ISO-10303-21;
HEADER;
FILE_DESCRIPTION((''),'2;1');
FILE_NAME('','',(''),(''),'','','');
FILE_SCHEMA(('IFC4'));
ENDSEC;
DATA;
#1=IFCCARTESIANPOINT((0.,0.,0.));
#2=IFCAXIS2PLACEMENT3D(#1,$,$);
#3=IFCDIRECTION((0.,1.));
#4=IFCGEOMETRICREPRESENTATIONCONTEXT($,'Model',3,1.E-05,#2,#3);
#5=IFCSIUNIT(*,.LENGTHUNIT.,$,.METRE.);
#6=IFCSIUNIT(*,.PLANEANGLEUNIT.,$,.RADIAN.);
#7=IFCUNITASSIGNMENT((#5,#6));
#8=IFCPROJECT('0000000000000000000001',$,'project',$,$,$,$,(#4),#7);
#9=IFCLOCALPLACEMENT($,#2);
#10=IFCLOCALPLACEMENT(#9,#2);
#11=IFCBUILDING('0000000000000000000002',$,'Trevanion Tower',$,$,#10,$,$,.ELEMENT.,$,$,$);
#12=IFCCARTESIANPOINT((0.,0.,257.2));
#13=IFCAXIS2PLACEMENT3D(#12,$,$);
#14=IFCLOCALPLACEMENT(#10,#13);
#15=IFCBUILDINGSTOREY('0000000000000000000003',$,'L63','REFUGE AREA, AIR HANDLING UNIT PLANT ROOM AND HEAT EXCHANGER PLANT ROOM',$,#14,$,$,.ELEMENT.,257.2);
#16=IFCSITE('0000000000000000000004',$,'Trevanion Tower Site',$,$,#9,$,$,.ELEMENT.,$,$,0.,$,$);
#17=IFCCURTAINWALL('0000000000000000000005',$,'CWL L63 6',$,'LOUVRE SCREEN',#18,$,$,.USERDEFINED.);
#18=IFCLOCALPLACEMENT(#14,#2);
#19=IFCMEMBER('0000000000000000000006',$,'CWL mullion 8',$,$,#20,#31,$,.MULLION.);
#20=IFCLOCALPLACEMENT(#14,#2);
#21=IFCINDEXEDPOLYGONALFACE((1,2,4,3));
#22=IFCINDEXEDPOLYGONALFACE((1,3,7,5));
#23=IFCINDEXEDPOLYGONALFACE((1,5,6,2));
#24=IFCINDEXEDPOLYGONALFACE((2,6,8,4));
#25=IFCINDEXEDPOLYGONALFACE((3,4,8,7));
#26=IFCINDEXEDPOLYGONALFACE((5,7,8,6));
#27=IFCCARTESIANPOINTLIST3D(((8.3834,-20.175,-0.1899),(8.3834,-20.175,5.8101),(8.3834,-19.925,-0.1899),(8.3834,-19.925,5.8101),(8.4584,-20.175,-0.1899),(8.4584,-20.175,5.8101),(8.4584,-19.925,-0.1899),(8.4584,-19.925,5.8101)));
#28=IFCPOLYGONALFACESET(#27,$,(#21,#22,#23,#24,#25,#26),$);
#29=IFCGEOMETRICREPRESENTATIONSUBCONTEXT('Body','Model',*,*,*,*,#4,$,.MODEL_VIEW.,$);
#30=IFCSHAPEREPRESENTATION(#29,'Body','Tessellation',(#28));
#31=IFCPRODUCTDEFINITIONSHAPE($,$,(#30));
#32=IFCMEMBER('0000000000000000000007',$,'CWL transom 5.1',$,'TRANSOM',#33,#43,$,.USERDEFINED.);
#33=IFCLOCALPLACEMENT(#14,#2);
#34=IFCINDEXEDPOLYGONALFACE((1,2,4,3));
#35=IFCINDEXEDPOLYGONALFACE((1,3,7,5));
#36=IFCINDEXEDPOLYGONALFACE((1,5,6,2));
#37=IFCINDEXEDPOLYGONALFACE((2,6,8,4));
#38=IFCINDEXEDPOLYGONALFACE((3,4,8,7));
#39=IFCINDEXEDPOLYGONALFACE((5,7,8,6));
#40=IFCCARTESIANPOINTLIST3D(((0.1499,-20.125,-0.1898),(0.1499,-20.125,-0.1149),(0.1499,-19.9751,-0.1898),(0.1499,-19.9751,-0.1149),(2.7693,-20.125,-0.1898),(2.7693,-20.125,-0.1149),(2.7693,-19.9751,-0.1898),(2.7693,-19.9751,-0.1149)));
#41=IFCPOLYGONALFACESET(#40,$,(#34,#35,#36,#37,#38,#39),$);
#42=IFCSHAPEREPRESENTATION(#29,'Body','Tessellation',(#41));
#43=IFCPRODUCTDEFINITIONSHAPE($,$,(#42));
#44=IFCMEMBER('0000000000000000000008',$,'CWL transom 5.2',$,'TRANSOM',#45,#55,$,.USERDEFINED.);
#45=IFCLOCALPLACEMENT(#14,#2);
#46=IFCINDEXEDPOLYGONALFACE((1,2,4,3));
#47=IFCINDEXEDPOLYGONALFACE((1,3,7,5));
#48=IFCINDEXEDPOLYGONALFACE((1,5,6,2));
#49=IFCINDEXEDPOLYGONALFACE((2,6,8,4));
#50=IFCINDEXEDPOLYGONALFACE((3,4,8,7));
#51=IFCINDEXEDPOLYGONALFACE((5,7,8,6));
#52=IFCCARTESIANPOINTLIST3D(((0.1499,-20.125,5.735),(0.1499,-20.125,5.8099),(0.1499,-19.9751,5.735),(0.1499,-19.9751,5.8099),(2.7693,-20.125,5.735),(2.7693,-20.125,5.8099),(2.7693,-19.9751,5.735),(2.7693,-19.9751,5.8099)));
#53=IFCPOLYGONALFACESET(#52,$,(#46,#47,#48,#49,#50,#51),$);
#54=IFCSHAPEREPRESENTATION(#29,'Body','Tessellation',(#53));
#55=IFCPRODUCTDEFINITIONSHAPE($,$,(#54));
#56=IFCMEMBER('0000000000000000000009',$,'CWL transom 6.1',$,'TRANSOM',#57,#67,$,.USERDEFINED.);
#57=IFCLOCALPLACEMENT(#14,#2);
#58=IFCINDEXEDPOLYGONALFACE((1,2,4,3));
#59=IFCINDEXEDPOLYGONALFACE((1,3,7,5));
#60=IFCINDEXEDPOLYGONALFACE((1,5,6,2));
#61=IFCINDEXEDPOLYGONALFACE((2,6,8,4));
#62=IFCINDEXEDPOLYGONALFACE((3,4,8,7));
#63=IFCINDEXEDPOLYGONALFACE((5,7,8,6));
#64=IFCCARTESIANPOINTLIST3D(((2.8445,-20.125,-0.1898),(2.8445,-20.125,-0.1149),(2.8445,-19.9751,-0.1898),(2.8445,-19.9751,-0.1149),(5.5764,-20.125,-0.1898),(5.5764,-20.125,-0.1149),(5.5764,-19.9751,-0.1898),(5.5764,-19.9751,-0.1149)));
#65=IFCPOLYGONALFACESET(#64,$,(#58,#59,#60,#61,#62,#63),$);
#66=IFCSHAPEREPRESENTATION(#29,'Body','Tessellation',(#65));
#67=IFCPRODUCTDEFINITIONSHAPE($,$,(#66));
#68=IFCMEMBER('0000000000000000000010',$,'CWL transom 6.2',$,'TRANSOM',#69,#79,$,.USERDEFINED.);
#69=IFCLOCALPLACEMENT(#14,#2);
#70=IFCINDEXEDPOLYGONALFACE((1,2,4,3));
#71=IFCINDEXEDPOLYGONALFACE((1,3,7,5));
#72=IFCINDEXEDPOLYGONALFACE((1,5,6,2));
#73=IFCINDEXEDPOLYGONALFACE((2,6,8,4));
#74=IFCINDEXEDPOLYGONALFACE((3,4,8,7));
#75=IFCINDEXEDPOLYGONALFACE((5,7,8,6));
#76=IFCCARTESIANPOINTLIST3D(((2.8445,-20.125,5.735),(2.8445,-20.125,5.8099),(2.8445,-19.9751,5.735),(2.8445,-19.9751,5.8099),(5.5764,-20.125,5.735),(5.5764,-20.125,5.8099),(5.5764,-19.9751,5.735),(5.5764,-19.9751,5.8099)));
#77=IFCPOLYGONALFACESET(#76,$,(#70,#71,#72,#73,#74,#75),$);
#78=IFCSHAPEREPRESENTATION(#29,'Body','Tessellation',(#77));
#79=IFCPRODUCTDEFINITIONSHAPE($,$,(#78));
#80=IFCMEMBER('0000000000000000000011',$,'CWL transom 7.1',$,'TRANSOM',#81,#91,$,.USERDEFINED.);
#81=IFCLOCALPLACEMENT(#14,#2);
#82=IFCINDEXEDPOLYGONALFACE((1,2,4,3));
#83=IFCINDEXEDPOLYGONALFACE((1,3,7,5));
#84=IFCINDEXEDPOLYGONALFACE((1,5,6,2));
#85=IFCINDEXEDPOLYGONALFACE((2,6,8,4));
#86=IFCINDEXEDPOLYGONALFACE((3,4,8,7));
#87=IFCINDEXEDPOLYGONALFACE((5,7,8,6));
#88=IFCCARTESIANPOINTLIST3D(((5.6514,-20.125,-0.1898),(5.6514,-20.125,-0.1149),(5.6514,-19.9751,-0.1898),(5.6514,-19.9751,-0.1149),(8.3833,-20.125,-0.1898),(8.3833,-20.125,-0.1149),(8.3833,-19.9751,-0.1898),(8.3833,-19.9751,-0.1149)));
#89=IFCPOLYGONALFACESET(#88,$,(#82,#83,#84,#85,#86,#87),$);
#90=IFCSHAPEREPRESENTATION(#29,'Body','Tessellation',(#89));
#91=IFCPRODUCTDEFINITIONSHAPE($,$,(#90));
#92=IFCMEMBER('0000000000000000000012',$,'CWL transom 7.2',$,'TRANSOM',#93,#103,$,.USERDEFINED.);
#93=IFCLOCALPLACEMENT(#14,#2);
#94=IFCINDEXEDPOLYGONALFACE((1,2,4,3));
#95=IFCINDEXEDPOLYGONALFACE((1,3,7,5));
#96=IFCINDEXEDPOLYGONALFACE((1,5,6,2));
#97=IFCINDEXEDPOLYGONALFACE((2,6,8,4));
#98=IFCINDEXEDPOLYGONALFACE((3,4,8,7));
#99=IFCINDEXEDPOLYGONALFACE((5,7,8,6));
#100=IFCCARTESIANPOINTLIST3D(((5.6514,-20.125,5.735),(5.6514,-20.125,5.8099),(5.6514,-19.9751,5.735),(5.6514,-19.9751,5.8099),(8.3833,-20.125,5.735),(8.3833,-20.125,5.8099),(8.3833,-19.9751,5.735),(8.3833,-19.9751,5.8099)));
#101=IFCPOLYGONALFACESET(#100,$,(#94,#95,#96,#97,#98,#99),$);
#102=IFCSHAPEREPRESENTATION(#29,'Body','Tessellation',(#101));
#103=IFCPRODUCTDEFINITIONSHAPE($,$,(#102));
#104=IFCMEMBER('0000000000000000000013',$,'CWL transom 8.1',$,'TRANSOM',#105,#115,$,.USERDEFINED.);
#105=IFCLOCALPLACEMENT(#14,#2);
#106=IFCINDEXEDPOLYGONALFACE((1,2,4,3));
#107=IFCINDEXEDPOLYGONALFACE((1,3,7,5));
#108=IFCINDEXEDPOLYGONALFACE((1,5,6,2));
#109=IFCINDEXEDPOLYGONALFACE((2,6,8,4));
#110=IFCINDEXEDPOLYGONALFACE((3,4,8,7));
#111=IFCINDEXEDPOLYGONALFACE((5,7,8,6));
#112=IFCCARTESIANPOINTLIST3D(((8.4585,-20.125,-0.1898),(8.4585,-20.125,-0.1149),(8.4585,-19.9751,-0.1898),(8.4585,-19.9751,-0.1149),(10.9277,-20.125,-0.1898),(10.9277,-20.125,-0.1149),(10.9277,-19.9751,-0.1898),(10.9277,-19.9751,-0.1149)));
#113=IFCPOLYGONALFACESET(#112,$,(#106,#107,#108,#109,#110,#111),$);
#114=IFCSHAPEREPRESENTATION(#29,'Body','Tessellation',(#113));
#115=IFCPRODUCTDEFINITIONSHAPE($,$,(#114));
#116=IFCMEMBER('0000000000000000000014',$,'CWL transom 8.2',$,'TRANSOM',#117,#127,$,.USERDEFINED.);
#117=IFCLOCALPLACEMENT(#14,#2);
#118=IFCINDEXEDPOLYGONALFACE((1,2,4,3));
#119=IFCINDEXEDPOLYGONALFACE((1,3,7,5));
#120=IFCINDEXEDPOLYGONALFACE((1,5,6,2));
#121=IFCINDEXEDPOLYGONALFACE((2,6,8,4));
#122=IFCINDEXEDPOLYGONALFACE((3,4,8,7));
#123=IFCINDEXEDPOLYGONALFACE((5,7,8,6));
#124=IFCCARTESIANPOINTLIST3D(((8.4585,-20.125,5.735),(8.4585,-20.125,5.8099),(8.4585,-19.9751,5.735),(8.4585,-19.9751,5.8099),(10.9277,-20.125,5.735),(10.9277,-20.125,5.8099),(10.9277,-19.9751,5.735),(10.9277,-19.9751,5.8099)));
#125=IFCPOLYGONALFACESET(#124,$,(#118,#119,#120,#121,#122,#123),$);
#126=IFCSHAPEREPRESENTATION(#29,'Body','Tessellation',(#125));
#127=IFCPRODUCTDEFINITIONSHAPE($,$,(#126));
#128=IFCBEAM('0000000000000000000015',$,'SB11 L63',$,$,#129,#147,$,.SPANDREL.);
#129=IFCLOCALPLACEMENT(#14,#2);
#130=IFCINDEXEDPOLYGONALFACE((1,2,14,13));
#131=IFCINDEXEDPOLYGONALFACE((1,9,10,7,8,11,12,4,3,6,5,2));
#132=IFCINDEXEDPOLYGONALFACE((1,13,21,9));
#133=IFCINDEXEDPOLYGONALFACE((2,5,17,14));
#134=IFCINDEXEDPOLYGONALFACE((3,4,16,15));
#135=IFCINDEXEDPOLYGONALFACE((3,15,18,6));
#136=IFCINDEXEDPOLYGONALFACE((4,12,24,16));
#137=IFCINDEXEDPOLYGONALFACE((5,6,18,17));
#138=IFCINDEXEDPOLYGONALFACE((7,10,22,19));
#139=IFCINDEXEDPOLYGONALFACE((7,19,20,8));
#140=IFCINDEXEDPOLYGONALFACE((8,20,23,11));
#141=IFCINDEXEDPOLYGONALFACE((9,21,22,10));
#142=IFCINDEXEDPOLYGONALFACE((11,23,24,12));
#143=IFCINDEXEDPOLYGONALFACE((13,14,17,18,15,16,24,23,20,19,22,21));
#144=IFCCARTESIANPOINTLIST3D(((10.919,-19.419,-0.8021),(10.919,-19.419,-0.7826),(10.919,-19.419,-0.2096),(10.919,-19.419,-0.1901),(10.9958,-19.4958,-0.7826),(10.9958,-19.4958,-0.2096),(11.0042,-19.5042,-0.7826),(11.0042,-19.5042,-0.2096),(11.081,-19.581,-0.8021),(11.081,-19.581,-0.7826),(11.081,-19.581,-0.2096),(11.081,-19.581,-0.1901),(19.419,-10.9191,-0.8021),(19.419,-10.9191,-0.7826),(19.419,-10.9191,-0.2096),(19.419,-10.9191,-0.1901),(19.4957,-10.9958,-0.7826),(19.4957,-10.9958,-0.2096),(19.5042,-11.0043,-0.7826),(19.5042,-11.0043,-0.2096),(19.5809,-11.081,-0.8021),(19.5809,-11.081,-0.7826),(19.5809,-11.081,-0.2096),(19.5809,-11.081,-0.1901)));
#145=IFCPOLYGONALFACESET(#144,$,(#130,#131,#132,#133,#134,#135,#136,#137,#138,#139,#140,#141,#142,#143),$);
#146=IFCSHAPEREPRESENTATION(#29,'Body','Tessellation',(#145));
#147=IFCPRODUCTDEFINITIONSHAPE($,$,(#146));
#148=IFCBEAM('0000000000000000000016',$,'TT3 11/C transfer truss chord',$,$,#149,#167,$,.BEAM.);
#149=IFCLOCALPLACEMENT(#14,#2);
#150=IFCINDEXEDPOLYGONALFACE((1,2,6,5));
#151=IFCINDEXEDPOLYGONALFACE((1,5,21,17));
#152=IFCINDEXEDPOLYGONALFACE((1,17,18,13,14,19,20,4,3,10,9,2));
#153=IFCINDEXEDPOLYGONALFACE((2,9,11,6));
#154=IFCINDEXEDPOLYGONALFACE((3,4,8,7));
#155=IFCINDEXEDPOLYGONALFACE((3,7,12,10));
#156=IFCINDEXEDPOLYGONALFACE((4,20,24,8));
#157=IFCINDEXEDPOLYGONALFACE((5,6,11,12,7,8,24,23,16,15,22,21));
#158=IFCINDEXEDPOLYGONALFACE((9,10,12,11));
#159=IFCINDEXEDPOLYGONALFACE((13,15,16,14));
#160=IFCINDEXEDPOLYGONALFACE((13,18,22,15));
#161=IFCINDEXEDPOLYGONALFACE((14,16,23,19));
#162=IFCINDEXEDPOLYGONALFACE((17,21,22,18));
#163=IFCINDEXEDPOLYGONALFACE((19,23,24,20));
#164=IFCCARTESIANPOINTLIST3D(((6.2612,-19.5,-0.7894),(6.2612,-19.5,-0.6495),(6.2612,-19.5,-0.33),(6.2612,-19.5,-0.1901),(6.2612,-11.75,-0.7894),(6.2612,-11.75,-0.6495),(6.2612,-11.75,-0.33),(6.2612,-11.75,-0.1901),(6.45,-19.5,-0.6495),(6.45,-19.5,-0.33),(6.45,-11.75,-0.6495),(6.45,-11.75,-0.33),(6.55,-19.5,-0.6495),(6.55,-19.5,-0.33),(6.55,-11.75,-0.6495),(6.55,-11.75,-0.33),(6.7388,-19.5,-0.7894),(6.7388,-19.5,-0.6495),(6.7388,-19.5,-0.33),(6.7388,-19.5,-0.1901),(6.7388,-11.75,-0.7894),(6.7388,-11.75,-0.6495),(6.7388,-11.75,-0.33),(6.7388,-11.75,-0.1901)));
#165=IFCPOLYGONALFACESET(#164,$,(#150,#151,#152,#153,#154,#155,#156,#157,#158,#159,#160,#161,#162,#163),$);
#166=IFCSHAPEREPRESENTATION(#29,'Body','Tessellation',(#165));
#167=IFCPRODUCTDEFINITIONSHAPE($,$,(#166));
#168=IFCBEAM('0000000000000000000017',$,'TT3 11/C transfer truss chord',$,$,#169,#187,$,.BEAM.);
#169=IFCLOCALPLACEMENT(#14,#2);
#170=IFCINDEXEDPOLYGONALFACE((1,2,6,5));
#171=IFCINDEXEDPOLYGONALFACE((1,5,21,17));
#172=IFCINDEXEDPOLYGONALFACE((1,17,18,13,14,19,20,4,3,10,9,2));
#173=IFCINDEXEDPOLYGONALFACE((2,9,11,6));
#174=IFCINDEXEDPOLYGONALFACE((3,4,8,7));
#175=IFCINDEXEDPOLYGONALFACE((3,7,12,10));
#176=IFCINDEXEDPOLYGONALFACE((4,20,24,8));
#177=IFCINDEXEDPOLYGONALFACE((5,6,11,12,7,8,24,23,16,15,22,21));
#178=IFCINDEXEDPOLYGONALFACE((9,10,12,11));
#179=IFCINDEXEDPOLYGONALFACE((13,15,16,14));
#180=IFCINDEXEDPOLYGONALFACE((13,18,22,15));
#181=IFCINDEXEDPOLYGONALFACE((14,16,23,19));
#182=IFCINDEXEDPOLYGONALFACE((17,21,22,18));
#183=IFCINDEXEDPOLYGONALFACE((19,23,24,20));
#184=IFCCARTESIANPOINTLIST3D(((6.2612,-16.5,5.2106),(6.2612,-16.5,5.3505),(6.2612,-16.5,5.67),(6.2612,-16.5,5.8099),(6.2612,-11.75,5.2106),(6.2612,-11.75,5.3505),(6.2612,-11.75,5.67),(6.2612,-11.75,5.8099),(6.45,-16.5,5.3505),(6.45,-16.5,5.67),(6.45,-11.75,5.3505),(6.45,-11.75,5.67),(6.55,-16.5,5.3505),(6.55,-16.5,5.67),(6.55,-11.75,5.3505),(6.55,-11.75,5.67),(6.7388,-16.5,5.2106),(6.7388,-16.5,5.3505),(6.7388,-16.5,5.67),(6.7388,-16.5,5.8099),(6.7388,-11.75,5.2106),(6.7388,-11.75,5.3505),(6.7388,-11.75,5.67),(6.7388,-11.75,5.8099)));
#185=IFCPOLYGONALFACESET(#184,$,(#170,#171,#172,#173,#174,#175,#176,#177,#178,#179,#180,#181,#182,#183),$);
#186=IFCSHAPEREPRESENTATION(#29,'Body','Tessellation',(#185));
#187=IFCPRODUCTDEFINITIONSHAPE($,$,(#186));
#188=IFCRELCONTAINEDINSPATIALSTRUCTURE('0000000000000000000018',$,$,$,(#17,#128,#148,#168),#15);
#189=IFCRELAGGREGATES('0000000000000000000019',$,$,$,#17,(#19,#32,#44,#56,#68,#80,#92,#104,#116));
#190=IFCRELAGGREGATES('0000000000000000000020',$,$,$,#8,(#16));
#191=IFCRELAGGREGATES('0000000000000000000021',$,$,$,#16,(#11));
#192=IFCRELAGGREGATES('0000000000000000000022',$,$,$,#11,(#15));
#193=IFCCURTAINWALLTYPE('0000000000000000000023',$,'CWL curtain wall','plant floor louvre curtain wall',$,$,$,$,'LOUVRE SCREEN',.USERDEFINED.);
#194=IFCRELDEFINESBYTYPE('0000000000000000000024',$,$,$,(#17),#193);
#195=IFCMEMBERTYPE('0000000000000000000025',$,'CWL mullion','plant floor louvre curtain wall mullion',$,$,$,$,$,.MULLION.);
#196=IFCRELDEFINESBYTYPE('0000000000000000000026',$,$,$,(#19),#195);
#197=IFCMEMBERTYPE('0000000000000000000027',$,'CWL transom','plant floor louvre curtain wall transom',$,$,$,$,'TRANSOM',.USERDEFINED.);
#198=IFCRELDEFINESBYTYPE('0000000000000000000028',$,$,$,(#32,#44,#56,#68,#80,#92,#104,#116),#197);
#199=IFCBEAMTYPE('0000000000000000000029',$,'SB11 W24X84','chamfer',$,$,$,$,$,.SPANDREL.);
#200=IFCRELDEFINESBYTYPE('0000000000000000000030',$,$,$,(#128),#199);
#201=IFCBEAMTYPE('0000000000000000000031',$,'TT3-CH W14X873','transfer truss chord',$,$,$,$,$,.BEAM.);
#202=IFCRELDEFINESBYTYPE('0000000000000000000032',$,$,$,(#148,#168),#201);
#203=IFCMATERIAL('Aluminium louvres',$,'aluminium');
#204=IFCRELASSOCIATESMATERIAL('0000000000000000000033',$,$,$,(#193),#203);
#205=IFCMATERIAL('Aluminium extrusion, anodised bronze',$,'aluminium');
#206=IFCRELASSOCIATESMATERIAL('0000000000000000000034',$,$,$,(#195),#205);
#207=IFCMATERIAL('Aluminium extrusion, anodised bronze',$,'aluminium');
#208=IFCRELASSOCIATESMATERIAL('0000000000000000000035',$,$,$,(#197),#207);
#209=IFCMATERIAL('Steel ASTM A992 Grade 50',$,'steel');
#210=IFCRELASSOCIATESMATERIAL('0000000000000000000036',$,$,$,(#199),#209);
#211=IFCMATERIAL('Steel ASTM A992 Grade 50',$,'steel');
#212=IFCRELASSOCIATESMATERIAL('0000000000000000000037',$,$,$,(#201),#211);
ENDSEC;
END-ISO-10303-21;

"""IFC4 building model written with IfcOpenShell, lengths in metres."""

from ifc_helpers import new_model, si_unit, direction, frame, origin, origin_2d, place, context, subcontext, project, spatial, rectangle, i_section, extrude, material, material_profile, profile_set, type_object, element, aggregate, save


model = new_model("IFC4")

# Units and contexts
model_context = context("Model", 3, precision=1e-05, world=origin(), true_north=direction((0.0, 1.0)))
body_context = subcontext(model_context, "Body", "Model", "MODEL_VIEW")
ifc_project = project(units=[si_unit("LENGTHUNIT", "METRE"), si_unit("PLANEANGLEUNIT", "RADIAN")], contexts=[model_context])

# Site, building, storey
site_placement = place(None, origin())
site = spatial("IfcSite", under=ifc_project, at=site_placement, Name="Trevanion Tower Site", CompositionType="ELEMENT", RefElevation=0.0)
building_placement = place(site_placement, origin())
building = spatial("IfcBuilding", under=site, at=building_placement, Name="Trevanion Tower", CompositionType="ELEMENT")
storey_placement = place(building_placement, frame((0.0, 0.0, 257.2)))
storey = spatial("IfcBuildingStorey", under=building, at=storey_placement, Name="L63", Description="REFUGE AREA, AIR HANDLING UNIT PLANT ROOM AND HEAT EXCHANGER PLANT ROOM", CompositionType="ELEMENT", Elevation=257.2)

# Curtain wall, members
ifc_material_1 = material(Name="Aluminium louvres", Category="aluminium")
curtain_wall_type = type_object("IfcCurtainWallType", Name="CWL curtain wall", Description="plant floor louvre curtain wall", ElementType="LOUVRE SCREEN", PredefinedType="USERDEFINED", material=ifc_material_1)
curtain_wall_placement = place(storey_placement, origin())
curtain_wall = element("IfcCurtainWall", 1, at=curtain_wall_placement, inside=storey, type_object=curtain_wall_type, Name="CWL L63 6", ObjectType="LOUVRE SCREEN", PredefinedType="USERDEFINED")
ifc_material_2 = material(Name="Aluminium extrusion, anodised bronze", Category="aluminium")
ifc_material_profile_1 = material_profile(ifc_material_2, rectangle(XDim=0.075, YDim=0.25, at=origin_2d()), Name="CWL mullion")
ifc_profile_set_1 = profile_set([ifc_material_profile_1], Name="Aluminium extrusion, anodised bronze")
member_type_1 = type_object("IfcMemberType", Name="CWL mullion", Description="plant floor louvre curtain wall mullion", PredefinedType="MULLION", material=ifc_profile_set_1)
member_1_placement = place(storey_placement, frame((8.4209, -20.05, -0.1899), z_axis=(0.0, 0.0, 1.0), x_axis=(1.0, 0.0, 0.0)))
member_1 = element("IfcMember", 2, at=member_1_placement, type_object=member_type_1, Name="CWL mullion 8", PredefinedType="MULLION", context=body_context, shape_type="SweptSolid", body=[
    extrude(rectangle(XDim=0.075, YDim=0.25, at=origin_2d()), origin(), (0.0, 0.0, 1.0), 6.0),
])
ifc_material_3 = material(Name="Aluminium extrusion, anodised bronze", Category="aluminium")
ifc_material_profile_2 = material_profile(ifc_material_3, rectangle(XDim=0.1499, YDim=0.075, at=origin_2d()), Name="CWL transom")
ifc_profile_set_2 = profile_set([ifc_material_profile_2], Name="Aluminium extrusion, anodised bronze")
member_type_2 = type_object("IfcMemberType", Name="CWL transom", Description="plant floor louvre curtain wall transom", ElementType="TRANSOM", PredefinedType="USERDEFINED", material=ifc_profile_set_2)
member_2_placement = place(storey_placement, frame((0.1499, -20.05, -0.1523), z_axis=(1.0, 0.0, 0.0), x_axis=(0.0, 1.0, 0.0)))
member_2 = element("IfcMember", 3, at=member_2_placement, type_object=member_type_2, Name="CWL transom 5.1", ObjectType="TRANSOM", PredefinedType="USERDEFINED", context=body_context, shape_type="SweptSolid", body=[
    extrude(rectangle(XDim=0.1499, YDim=0.075, at=origin_2d()), origin(), (0.0, 0.0, 1.0), 2.6194),
])
member_3_placement = place(storey_placement, frame((0.1499, -20.05, 5.7725), z_axis=(1.0, 0.0, 0.0), x_axis=(0.0, 1.0, 0.0)))
member_3 = element("IfcMember", 4, at=member_3_placement, type_object=member_type_2, Name="CWL transom 5.2", ObjectType="TRANSOM", PredefinedType="USERDEFINED", context=body_context, shape_type="SweptSolid", body=[
    extrude(rectangle(XDim=0.1499, YDim=0.075, at=origin_2d()), origin(), (0.0, 0.0, 1.0), 2.6194),
])
member_4_placement = place(storey_placement, frame((2.8445, -20.05, -0.1523), z_axis=(1.0, 0.0, 0.0), x_axis=(0.0, 1.0, 0.0)))
member_4 = element("IfcMember", 5, at=member_4_placement, type_object=member_type_2, Name="CWL transom 6.1", ObjectType="TRANSOM", PredefinedType="USERDEFINED", context=body_context, shape_type="SweptSolid", body=[
    extrude(rectangle(XDim=0.1499, YDim=0.075, at=origin_2d()), origin(), (0.0, 0.0, 1.0), 2.7319),
])
member_5_placement = place(storey_placement, frame((2.8445, -20.05, 5.7725), z_axis=(1.0, 0.0, 0.0), x_axis=(0.0, 1.0, 0.0)))
member_5 = element("IfcMember", 6, at=member_5_placement, type_object=member_type_2, Name="CWL transom 6.2", ObjectType="TRANSOM", PredefinedType="USERDEFINED", context=body_context, shape_type="SweptSolid", body=[
    extrude(rectangle(XDim=0.1499, YDim=0.075, at=origin_2d()), origin(), (0.0, 0.0, 1.0), 2.7319),
])
member_6_placement = place(storey_placement, frame((5.6514, -20.05, -0.1523), z_axis=(1.0, 0.0, 0.0), x_axis=(0.0, 1.0, 0.0)))
member_6 = element("IfcMember", 7, at=member_6_placement, type_object=member_type_2, Name="CWL transom 7.1", ObjectType="TRANSOM", PredefinedType="USERDEFINED", context=body_context, shape_type="SweptSolid", body=[
    extrude(rectangle(XDim=0.1499, YDim=0.075, at=origin_2d()), origin(), (0.0, 0.0, 1.0), 2.7319),
])
member_7_placement = place(storey_placement, frame((5.6514, -20.05, 5.7725), z_axis=(1.0, 0.0, 0.0), x_axis=(0.0, 1.0, 0.0)))
member_7 = element("IfcMember", 8, at=member_7_placement, type_object=member_type_2, Name="CWL transom 7.2", ObjectType="TRANSOM", PredefinedType="USERDEFINED", context=body_context, shape_type="SweptSolid", body=[
    extrude(rectangle(XDim=0.1499, YDim=0.075, at=origin_2d()), origin(), (0.0, 0.0, 1.0), 2.7319),
])
member_8_placement = place(storey_placement, frame((8.4585, -20.05, -0.1523), z_axis=(1.0, 0.0, 0.0), x_axis=(0.0, 1.0, 0.0)))
member_8 = element("IfcMember", 9, at=member_8_placement, type_object=member_type_2, Name="CWL transom 8.1", ObjectType="TRANSOM", PredefinedType="USERDEFINED", context=body_context, shape_type="SweptSolid", body=[
    extrude(rectangle(XDim=0.1499, YDim=0.075, at=origin_2d()), origin(), (0.0, 0.0, 1.0), 2.4692),
])
member_9_placement = place(storey_placement, frame((8.4585, -20.05, 5.7725), z_axis=(1.0, 0.0, 0.0), x_axis=(0.0, 1.0, 0.0)))
member_9 = element("IfcMember", 10, at=member_9_placement, type_object=member_type_2, Name="CWL transom 8.2", ObjectType="TRANSOM", PredefinedType="USERDEFINED", context=body_context, shape_type="SweptSolid", body=[
    extrude(rectangle(XDim=0.1499, YDim=0.075, at=origin_2d()), origin(), (0.0, 0.0, 1.0), 2.4692),
])

# Beams
ifc_material_4 = material(Name="Steel ASTM A992 Grade 50", Category="steel")
ifc_material_profile_3 = material_profile(ifc_material_4, i_section(OverallWidth=0.229, OverallDepth=0.6121, WebThickness=0.012, FlangeThickness=0.0195, at=origin_2d()), Name="W24X84")
ifc_profile_set_3 = profile_set([ifc_material_profile_3], Name="Steel ASTM A992 Grade 50")
beam_type_1 = type_object("IfcBeamType", Name="SB11 W24X84", Description="chamfer", PredefinedType="SPANDREL", material=ifc_profile_set_3)
beam_1_placement = place(storey_placement, frame((11.0, -19.5, -0.4961), z_axis=(0.707107, 0.707107, 0.0), x_axis=(-0.707107, 0.707107, 0.0)))
element("IfcBeam", 11, at=beam_1_placement, inside=storey, type_object=beam_type_1, Name="SB11 L63", PredefinedType="SPANDREL", context=body_context, shape_type="SweptSolid", body=[
    extrude(i_section(OverallWidth=0.229, OverallDepth=0.6121, WebThickness=0.012, FlangeThickness=0.0195, at=origin_2d()), origin(), (0.0, 0.0, 1.0), 12.0208),
])
ifc_material_5 = material(Name="Steel ASTM A992 Grade 50", Category="steel")
ifc_material_profile_4 = material_profile(ifc_material_5, i_section(OverallWidth=0.4775, OverallDepth=0.5994, WebThickness=0.1001, FlangeThickness=0.1399, at=origin_2d()), Name="W14X873")
ifc_profile_set_4 = profile_set([ifc_material_profile_4], Name="Steel ASTM A992 Grade 50")
beam_type_2 = type_object("IfcBeamType", Name="TT3-CH W14X873", Description="transfer truss chord", PredefinedType="BEAM", material=ifc_profile_set_4)
beam_2_placement = place(storey_placement, frame((6.5, -11.75, -0.4897), z_axis=(0.0, -1.0, 0.0), x_axis=(1.0, 0.0, 0.0)))
element("IfcBeam", 12, at=beam_2_placement, inside=storey, type_object=beam_type_2, Name="TT3 11/C transfer truss chord", PredefinedType="BEAM", context=body_context, shape_type="SweptSolid", body=[
    extrude(i_section(OverallWidth=0.4775, OverallDepth=0.5994, WebThickness=0.1001, FlangeThickness=0.1399, at=origin_2d()), origin(), (0.0, 0.0, 1.0), 7.75),
])
beam_3_placement = place(storey_placement, frame((6.5, -11.75, 5.5103), z_axis=(0.0, -1.0, 0.0), x_axis=(1.0, 0.0, 0.0)))
element("IfcBeam", 13, at=beam_3_placement, inside=storey, type_object=beam_type_2, Name="TT3 11/C transfer truss chord", PredefinedType="BEAM", context=body_context, shape_type="SweptSolid", body=[
    extrude(i_section(OverallWidth=0.4775, OverallDepth=0.5994, WebThickness=0.1001, FlangeThickness=0.1399, at=origin_2d()), origin(), (0.0, 0.0, 1.0), 4.75),
])

aggregate(curtain_wall, [member_1, member_2, member_3, member_4, member_5, member_6, member_7, member_8, member_9])

save(model, "model.ifc")
